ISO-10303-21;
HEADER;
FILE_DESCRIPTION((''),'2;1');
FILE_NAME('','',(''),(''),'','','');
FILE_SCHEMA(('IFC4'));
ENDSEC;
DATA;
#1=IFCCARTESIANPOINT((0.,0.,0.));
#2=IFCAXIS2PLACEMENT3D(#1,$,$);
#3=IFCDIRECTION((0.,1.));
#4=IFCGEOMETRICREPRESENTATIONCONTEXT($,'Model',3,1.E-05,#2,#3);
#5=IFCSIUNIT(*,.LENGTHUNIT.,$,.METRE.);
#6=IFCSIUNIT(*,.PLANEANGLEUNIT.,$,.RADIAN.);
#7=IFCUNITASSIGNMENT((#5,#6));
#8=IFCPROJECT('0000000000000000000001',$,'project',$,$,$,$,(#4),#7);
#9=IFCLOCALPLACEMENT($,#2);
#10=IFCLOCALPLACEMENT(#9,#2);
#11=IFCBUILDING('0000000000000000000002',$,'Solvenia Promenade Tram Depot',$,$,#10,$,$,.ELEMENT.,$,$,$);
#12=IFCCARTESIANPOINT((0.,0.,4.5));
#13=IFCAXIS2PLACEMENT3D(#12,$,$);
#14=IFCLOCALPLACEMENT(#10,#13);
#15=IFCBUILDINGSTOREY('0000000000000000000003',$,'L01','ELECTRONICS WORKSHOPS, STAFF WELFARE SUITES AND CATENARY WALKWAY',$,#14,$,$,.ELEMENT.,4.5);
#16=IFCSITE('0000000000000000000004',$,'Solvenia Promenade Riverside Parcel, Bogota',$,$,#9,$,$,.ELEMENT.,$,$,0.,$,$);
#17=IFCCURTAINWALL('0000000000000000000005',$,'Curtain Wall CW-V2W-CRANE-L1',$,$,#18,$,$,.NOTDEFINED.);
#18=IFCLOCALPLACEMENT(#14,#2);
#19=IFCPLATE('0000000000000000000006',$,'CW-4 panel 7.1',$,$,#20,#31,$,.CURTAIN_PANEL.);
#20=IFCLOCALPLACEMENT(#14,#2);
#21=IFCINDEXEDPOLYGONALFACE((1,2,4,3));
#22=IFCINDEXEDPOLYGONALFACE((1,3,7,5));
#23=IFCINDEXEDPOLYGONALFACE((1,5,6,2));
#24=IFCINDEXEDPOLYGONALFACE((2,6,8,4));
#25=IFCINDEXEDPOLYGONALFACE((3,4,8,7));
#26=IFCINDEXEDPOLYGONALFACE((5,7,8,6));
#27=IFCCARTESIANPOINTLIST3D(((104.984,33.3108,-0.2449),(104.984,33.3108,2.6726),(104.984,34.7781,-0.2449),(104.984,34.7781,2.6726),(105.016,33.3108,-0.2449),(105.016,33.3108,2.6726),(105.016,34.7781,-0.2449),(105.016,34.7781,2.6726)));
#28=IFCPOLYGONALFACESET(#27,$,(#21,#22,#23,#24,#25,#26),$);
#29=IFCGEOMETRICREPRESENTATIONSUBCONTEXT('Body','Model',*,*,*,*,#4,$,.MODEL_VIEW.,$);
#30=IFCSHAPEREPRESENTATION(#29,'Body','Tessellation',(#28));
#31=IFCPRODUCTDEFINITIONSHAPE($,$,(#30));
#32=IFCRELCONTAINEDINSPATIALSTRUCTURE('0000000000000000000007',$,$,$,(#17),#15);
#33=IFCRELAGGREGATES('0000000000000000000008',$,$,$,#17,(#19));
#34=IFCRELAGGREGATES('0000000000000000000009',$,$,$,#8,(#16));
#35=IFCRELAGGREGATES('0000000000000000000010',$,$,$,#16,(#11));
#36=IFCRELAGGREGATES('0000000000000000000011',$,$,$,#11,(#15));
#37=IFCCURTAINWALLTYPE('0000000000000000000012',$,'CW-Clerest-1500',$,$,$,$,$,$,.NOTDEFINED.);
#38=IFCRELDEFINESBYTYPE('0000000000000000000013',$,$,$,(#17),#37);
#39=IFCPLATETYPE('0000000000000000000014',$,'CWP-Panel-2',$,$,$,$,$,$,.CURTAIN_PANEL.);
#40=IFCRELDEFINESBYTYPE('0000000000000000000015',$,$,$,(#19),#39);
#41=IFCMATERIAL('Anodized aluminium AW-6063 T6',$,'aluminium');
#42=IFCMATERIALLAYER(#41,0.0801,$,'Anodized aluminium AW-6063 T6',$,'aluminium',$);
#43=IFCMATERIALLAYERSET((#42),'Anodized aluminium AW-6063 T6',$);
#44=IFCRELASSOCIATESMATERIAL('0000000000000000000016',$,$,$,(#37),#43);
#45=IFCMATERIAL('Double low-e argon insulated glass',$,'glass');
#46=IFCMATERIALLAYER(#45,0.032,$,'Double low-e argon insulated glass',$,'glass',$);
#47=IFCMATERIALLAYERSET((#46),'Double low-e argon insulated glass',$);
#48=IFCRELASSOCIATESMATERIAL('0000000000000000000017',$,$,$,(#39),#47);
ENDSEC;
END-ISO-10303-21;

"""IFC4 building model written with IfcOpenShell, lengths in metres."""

from ifc_helpers import new_model, si_unit, direction, frame, origin, origin_2d, place, context, subcontext, project, spatial, rectangle, extrude, material, layer, layer_set, type_object, element, aggregate, save


model = new_model("IFC4")

# Units and contexts
model_context = context("Model", 3, precision=1e-05, world=origin(), true_north=direction((0.0, 1.0)))
body_context = subcontext(model_context, "Body", "Model", "MODEL_VIEW")
ifc_project = project(units=[si_unit("LENGTHUNIT", "METRE"), si_unit("PLANEANGLEUNIT", "RADIAN")], contexts=[model_context])

# Site, building, storey
site_placement = place(None, origin())
site = spatial("IfcSite", under=ifc_project, at=site_placement, Name="Solvenia Promenade Riverside Parcel, Bogota", CompositionType="ELEMENT", RefElevation=0.0)
building_placement = place(site_placement, origin())
building = spatial("IfcBuilding", under=site, at=building_placement, Name="Solvenia Promenade Tram Depot", CompositionType="ELEMENT")
storey_placement = place(building_placement, frame((0.0, 0.0, 4.5)))
storey = spatial("IfcBuildingStorey", under=building, at=storey_placement, Name="L01", Description="ELECTRONICS WORKSHOPS, STAFF WELFARE SUITES AND CATENARY WALKWAY", CompositionType="ELEMENT", Elevation=4.5)

# Shared definitions
ifc_material_1 = material(Name="Anodized aluminium AW-6063 T6", Category="aluminium")
ifc_layer_1 = layer(ifc_material_1, 0.0801, Name="Anodized aluminium AW-6063 T6", Category="aluminium")
ifc_layer_set_1 = layer_set([ifc_layer_1], Name="Anodized aluminium AW-6063 T6")
curtain_wall_type = type_object("IfcCurtainWallType", Name="CW-Clerest-1500", PredefinedType="NOTDEFINED", material=ifc_layer_set_1)

# Curtain wall
curtain_wall_1_placement = place(storey_placement, origin())
curtain_wall_1 = element("IfcCurtainWall", 1, at=curtain_wall_1_placement, inside=storey, type_object=curtain_wall_type, Name="Curtain Wall CW-V2W-CRANE-L1", PredefinedType="NOTDEFINED")

# Plate
ifc_material_2 = material(Name="Double low-e argon insulated glass", Category="glass")
ifc_layer_2 = layer(ifc_material_2, 0.032, Name="Double low-e argon insulated glass", Category="glass")
ifc_layer_set_2 = layer_set([ifc_layer_2], Name="Double low-e argon insulated glass")
plate_type = type_object("IfcPlateType", Name="CWP-Panel-2", PredefinedType="CURTAIN_PANEL", material=ifc_layer_set_2)
plate_1_placement = place(storey_placement, frame((105.0, 34.0444, -0.2449), z_axis=(0.0, 0.0, 1.0), x_axis=(0.0, 1.0, 0.0)))
plate_1 = element("IfcPlate", 2, at=plate_1_placement, type_object=plate_type, Name="CW-4 panel 7.1", PredefinedType="CURTAIN_PANEL", context=body_context, shape_type="SweptSolid", body=[
    extrude(rectangle(XDim=1.4673, YDim=0.032, at=origin_2d()), origin(), (0.0, 0.0, 1.0), 2.9175),
])
aggregate(curtain_wall_1, [plate_1])

save(model, "model.ifc")
